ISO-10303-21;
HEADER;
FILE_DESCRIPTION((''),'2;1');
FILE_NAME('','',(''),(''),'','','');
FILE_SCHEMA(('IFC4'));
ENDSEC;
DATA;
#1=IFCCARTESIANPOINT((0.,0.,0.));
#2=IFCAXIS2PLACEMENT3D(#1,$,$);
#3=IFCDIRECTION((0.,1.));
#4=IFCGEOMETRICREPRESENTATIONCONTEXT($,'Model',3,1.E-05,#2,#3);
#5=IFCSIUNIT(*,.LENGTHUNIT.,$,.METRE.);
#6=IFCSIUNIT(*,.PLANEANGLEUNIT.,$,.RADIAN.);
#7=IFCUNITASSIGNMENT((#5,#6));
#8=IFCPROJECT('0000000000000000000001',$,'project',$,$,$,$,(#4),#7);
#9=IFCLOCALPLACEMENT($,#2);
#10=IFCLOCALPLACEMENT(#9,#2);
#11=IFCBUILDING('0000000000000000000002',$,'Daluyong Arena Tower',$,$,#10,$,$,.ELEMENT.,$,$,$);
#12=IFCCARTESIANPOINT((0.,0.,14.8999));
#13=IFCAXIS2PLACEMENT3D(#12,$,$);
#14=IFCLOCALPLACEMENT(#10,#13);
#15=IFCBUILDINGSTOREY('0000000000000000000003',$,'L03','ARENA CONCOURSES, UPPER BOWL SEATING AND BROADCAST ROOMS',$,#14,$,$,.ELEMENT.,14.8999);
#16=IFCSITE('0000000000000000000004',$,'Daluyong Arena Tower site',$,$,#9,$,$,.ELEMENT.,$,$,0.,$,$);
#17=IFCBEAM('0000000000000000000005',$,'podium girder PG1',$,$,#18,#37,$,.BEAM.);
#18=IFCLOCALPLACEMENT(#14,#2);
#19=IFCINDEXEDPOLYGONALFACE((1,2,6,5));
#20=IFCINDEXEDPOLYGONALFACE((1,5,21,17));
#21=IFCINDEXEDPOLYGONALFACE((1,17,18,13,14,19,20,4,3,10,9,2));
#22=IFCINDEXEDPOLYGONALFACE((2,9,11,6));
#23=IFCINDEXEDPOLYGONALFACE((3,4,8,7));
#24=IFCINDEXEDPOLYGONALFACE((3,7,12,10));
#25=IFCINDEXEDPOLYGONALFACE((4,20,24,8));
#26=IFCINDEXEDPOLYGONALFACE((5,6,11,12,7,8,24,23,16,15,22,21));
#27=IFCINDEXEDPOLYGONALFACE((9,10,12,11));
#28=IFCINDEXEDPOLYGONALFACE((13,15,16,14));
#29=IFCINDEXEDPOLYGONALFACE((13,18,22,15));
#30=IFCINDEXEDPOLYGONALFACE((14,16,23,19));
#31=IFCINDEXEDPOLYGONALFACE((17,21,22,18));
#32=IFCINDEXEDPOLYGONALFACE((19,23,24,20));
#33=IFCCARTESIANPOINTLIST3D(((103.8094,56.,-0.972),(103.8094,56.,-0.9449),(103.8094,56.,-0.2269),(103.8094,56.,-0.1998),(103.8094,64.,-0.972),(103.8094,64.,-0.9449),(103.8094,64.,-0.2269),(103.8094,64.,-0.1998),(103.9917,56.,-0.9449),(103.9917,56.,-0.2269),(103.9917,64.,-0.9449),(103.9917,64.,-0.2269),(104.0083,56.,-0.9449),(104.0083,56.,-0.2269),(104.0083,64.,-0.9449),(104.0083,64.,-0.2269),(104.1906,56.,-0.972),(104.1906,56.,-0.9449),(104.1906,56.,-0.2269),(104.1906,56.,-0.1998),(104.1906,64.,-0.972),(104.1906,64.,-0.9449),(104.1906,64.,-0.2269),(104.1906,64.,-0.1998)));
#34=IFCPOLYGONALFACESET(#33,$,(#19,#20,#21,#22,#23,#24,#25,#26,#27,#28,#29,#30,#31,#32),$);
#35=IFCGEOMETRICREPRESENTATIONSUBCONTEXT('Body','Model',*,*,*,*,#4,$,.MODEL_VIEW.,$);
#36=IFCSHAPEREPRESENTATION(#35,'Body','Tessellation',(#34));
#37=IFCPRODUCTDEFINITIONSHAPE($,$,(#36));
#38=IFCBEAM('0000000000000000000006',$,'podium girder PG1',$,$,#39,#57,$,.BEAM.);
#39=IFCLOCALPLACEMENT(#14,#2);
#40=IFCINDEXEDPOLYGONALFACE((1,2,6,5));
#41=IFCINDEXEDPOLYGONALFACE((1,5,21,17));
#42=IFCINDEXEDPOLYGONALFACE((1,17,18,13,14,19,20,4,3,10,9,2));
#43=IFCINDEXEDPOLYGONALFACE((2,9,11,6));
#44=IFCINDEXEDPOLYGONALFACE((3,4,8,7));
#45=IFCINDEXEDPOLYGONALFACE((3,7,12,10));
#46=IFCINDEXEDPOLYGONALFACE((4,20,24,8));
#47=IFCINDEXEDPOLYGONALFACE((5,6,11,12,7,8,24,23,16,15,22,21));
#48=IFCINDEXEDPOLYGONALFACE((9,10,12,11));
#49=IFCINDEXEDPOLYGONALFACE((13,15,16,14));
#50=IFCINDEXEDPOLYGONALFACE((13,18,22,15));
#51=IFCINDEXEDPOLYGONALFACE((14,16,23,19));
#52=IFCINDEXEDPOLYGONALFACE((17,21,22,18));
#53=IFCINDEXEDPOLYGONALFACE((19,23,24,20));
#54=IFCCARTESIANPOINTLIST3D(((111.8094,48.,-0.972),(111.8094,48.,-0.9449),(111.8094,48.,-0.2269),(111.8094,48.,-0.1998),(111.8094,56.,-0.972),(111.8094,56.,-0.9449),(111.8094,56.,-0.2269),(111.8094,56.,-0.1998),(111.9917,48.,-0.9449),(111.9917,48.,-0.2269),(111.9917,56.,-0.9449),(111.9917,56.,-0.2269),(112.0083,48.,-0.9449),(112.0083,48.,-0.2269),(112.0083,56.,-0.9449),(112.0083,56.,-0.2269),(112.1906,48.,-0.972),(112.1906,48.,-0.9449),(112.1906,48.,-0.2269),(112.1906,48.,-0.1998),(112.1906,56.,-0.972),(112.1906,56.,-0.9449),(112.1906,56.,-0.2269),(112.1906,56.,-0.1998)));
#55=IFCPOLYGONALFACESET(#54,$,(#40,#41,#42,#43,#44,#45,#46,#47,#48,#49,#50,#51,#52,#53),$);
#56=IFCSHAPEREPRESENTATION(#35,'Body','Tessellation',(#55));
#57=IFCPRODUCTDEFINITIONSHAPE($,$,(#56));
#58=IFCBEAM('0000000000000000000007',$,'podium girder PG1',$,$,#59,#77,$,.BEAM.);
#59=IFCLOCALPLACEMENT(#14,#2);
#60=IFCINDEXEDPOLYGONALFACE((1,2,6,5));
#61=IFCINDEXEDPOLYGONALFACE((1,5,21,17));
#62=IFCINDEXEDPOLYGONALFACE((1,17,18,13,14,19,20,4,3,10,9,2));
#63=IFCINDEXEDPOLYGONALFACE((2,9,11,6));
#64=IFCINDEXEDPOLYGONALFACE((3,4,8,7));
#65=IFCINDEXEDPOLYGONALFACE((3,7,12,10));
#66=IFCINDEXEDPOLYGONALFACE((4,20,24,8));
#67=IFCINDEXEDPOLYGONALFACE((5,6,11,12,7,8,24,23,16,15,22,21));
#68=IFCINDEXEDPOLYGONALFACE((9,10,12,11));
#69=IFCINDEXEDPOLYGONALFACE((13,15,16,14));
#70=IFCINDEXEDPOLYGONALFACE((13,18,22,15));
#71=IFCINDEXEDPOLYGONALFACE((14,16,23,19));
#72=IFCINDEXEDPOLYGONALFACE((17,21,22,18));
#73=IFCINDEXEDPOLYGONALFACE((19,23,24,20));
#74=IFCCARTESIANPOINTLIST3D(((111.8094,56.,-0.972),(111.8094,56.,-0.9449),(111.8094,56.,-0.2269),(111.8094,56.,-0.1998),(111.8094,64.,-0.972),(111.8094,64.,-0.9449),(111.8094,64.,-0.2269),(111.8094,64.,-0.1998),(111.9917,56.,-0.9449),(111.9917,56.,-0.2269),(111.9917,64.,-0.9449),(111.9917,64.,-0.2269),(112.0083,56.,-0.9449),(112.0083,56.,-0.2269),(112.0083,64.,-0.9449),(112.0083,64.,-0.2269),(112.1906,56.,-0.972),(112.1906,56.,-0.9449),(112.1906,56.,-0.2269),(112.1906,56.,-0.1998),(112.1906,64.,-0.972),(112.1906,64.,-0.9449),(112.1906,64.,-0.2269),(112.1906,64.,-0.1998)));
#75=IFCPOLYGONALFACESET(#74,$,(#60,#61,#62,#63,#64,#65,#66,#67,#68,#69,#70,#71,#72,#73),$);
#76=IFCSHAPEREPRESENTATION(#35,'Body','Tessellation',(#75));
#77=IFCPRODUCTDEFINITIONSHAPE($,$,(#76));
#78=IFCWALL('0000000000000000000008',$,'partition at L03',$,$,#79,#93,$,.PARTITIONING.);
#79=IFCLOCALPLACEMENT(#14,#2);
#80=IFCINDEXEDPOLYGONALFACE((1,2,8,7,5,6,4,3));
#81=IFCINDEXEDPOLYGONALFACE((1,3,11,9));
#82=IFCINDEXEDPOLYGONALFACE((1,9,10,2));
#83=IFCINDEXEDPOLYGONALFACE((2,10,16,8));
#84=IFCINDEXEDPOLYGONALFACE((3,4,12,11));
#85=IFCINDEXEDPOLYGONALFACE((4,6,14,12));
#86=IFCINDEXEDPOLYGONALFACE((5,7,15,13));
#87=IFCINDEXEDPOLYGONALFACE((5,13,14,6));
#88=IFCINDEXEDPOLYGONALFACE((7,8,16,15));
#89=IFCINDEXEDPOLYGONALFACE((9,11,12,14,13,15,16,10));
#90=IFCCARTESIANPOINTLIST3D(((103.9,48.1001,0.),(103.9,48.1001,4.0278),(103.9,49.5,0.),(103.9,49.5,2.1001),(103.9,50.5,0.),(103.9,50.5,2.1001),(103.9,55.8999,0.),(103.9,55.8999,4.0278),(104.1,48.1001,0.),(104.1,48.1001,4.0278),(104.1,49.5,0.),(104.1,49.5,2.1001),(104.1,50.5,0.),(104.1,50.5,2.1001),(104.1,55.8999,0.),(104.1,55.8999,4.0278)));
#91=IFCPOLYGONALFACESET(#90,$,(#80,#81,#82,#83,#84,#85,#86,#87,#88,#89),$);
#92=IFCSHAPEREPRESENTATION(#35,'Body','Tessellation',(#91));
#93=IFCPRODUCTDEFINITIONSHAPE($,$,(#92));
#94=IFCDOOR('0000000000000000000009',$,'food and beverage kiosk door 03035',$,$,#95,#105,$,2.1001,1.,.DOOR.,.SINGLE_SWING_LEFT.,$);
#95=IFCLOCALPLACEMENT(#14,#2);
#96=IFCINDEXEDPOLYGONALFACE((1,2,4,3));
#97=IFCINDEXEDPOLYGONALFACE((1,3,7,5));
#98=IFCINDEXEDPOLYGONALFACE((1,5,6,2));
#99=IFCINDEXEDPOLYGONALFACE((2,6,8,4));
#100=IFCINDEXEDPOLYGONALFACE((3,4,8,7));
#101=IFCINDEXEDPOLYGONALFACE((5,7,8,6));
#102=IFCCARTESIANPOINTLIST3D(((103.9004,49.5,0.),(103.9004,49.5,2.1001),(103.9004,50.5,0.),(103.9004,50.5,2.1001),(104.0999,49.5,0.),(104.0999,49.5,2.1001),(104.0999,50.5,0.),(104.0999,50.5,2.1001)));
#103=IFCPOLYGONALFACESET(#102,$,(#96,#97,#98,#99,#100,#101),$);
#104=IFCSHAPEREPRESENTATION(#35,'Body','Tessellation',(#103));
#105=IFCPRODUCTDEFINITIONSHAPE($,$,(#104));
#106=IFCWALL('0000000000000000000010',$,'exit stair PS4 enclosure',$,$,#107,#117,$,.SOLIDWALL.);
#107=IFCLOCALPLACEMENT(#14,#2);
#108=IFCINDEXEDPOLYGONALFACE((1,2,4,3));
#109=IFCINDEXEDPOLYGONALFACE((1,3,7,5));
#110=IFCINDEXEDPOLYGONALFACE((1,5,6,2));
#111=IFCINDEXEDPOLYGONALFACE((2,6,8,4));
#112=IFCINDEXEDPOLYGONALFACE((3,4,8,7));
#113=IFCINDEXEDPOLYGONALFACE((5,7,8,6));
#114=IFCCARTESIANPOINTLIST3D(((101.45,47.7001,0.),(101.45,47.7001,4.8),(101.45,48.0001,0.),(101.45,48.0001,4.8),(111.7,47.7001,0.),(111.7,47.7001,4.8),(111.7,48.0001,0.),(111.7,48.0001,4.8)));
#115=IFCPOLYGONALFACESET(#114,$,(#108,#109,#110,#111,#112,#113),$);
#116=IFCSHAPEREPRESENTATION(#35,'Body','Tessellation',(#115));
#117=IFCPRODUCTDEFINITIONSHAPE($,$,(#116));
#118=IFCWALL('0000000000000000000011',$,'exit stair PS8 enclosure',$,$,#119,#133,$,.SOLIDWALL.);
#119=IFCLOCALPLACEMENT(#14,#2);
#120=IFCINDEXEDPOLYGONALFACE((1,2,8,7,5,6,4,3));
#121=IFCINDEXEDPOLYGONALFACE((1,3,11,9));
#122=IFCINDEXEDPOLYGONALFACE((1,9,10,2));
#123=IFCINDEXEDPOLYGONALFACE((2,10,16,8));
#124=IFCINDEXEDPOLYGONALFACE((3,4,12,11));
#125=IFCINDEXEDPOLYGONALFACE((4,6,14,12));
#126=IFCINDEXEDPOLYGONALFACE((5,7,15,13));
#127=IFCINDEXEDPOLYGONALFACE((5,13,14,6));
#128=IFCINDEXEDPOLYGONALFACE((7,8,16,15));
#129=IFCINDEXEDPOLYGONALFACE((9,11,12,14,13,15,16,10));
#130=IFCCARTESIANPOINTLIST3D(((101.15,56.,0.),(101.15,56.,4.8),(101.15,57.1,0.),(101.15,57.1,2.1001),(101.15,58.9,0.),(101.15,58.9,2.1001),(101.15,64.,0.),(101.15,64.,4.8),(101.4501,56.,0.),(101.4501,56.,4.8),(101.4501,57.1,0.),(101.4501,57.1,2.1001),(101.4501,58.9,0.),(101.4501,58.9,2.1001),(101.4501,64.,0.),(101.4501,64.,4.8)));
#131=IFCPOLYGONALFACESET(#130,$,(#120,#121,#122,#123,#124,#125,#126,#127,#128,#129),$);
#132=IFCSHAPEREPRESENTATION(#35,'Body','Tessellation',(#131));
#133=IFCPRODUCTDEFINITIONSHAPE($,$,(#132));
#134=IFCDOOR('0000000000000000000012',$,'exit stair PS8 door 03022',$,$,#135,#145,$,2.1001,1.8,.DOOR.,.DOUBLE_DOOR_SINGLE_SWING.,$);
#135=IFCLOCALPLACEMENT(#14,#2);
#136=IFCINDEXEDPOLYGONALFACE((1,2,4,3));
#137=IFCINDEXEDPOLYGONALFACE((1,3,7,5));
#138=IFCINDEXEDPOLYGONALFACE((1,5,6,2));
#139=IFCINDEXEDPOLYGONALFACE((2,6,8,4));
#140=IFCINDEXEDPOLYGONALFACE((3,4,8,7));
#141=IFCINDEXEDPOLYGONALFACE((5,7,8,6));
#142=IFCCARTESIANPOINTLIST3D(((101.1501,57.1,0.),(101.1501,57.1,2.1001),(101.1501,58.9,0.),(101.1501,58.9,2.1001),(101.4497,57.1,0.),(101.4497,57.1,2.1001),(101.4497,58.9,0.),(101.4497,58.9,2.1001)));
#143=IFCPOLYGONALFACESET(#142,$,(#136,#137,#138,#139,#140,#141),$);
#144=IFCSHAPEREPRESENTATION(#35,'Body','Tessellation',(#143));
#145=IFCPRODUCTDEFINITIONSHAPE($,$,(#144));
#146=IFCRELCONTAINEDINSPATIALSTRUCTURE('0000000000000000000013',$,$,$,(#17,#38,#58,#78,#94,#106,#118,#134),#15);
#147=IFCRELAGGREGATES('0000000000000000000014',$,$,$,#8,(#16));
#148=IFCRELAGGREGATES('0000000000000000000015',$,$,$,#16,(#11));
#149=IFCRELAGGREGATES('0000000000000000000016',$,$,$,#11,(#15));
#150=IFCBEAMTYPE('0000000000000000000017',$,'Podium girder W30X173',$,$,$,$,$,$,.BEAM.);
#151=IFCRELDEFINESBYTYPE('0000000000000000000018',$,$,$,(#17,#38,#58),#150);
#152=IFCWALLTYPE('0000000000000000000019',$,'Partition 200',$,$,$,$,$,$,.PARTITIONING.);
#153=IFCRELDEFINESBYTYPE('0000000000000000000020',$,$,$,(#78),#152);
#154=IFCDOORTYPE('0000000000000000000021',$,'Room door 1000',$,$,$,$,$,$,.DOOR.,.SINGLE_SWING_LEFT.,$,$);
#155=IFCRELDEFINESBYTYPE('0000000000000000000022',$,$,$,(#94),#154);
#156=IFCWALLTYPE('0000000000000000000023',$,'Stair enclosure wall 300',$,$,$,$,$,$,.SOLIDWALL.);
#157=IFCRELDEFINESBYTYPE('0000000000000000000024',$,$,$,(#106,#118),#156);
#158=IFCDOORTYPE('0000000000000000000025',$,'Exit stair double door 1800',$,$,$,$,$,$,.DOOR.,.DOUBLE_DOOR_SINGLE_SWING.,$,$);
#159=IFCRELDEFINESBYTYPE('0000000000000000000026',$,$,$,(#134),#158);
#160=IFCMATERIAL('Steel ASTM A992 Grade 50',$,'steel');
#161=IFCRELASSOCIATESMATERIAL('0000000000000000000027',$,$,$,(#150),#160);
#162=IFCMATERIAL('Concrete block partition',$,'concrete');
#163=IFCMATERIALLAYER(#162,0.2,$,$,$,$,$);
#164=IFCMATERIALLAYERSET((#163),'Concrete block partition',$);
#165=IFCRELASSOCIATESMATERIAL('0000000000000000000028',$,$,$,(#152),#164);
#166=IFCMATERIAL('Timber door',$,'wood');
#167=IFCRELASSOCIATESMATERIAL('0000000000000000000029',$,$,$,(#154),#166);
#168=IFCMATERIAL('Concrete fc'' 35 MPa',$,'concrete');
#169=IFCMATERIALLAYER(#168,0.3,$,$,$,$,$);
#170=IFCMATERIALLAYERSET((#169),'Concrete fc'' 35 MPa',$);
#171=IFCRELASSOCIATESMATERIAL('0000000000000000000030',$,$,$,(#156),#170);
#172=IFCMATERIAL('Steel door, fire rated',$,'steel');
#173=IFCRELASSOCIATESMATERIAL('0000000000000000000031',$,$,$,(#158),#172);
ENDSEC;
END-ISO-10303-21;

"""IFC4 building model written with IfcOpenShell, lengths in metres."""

from ifc_helpers import new_model, si_unit, direction, frame, frame_2d, origin, origin_2d, place, context, subcontext, project, spatial, rectangle, i_section, extrude, material, layer, layer_set, material_profile, profile_set, type_object, element, fill, save


model = new_model("IFC4")

# Units and contexts
model_context = context("Model", 3, precision=1e-05, world=origin(), true_north=direction((0.0, 1.0)))
body_context = subcontext(model_context, "Body", "Model", "MODEL_VIEW")
ifc_project = project(units=[si_unit("LENGTHUNIT", "METRE"), si_unit("PLANEANGLEUNIT", "RADIAN")], contexts=[model_context])

# Site, building, storey
site_placement = place(None, origin())
site = spatial("IfcSite", under=ifc_project, at=site_placement, Name="Daluyong Arena Tower site", CompositionType="ELEMENT", RefElevation=0.0)
building_placement = place(site_placement, origin())
building = spatial("IfcBuilding", under=site, at=building_placement, Name="Daluyong Arena Tower", CompositionType="ELEMENT")
storey_placement = place(building_placement, frame((0.0, 0.0, 14.8999)))
storey = spatial("IfcBuildingStorey", under=building, at=storey_placement, Name="L03", Description="ARENA CONCOURSES, UPPER BOWL SEATING AND BROADCAST ROOMS", CompositionType="ELEMENT", Elevation=14.8999)

# Beams
ifc_material_1 = material(Name="Steel ASTM A992 Grade 50", Category="steel")
ifc_material_profile_1 = material_profile(ifc_material_1, i_section(OverallWidth=0.3811, OverallDepth=0.7722, WebThickness=0.0166, FlangeThickness=0.0271, at=origin_2d()))
ifc_profile_set_1 = profile_set([ifc_material_profile_1], Name="Steel ASTM A992 Grade 50")
beam_type_1 = type_object("IfcBeamType", Name="Podium girder W30X173", PredefinedType="BEAM", material=ifc_profile_set_1)
for number, where, z_axis, x_axis, name in (
    (1, (104.0, 56.0, -0.5859), (0.0, 1.0, 0.0), (-1.0, 0.0, 0.0), "podium girder PG1"),
    (2, (112.0, 48.0, -0.5859), (0.0, 1.0, 0.0), (-1.0, 0.0, 0.0), "podium girder PG1"),
    (3, (112.0, 56.0, -0.5859), (0.0, 1.0, 0.0), (-1.0, 0.0, 0.0), "podium girder PG1"),
):
    element("IfcBeam", number, at=place(storey_placement, frame(where, z_axis=z_axis, x_axis=x_axis)), inside=storey, type_object=beam_type_1, Name=name, PredefinedType="BEAM", context=body_context, shape_type="SweptSolid", body=[
        extrude(i_section(OverallWidth=0.3811, OverallDepth=0.7722, WebThickness=0.0166, FlangeThickness=0.0271, at=origin_2d()), origin(), (0.0, 0.0, 1.0), 8.0),
    ])

# Wall, opening, door
ifc_material_2 = material(Name="Concrete block partition", Category="concrete")
ifc_layer_1 = layer(ifc_material_2, 0.2)
ifc_layer_set_1 = layer_set([ifc_layer_1], Name="Concrete block partition")
wall_type_1 = type_object("IfcWallType", Name="Partition 200", PredefinedType="PARTITIONING", material=ifc_layer_set_1)
wall_1_placement = place(storey_placement, frame((104.0, 48.1001, 0.0), z_axis=(0.0, 0.0, 1.0), x_axis=(0.0, 1.0, 0.0)))
wall_1 = element("IfcWall", 4, at=wall_1_placement, inside=storey, type_object=wall_type_1, Name="partition at L03", PredefinedType="PARTITIONING", context=body_context, shape_type="SweptSolid", body=[
    extrude(rectangle(XDim=7.7998, YDim=0.2, at=frame_2d((3.8999, 0.0))), origin(), (0.0, 0.0, 1.0), 4.0278),
])
opening_1_placement = place(wall_1_placement, frame((1.3999, 0.0, 0.0)))
opening_1 = element("IfcOpeningElement", 5, at=opening_1_placement, cuts=wall_1, PredefinedType="OPENING", context=body_context, shape_type="SweptSolid", body=[
    extrude(rectangle(XDim=1.0, YDim=2.1001, at=frame_2d((0.5, 1.05))), frame((0.0, 0.1099, 0.0), z_axis=(0.0, -1.0, 0.0), x_axis=(1.0, 0.0, 0.0)), (0.0, 0.0, 1.0), 0.22),
])
ifc_material_3 = material(Name="Timber door", Category="wood")
door_type_1 = type_object("IfcDoorType", Name="Room door 1000", OperationType="SINGLE_SWING_LEFT", PredefinedType="DOOR", material=ifc_material_3)
door_1_placement = place(opening_1_placement, origin())
door_1 = element("IfcDoor", 6, at=door_1_placement, inside=storey, type_object=door_type_1, Name="food and beverage kiosk door 03035", OperationType="SINGLE_SWING_LEFT", OverallHeight=2.1001, OverallWidth=1.0, PredefinedType="DOOR", context=body_context, shape_type="SweptSolid", body=[
    extrude(rectangle(XDim=1.0, YDim=2.1001, at=frame_2d((0.5, 1.05))), frame((0.0, 0.0996, 0.0), z_axis=(0.0, -1.0, 0.0), x_axis=(1.0, 0.0, 0.0)), (0.0, 0.0, 1.0), 0.1995),
])
fill(opening_1, door_1)

# Wall
ifc_material_4 = material(Name="Concrete fc' 35 MPa", Category="concrete")
ifc_layer_2 = layer(ifc_material_4, 0.3)
ifc_layer_set_2 = layer_set([ifc_layer_2], Name="Concrete fc' 35 MPa")
wall_type_2 = type_object("IfcWallType", Name="Stair enclosure wall 300", PredefinedType="SOLIDWALL", material=ifc_layer_set_2)
wall_2_placement = place(storey_placement, frame((101.45, 47.8501, 0.0), z_axis=(0.0, 0.0, 1.0), x_axis=(1.0, 0.0, 0.0)))
element("IfcWall", 7, at=wall_2_placement, inside=storey, type_object=wall_type_2, Name="exit stair PS4 enclosure", PredefinedType="SOLIDWALL", context=body_context, shape_type="SweptSolid", body=[
    extrude(rectangle(XDim=10.25, YDim=0.3, at=frame_2d((5.125, 0.0))), origin(), (0.0, 0.0, 1.0), 4.8),
])

# Wall, opening, door
wall_3_placement = place(storey_placement, frame((101.3, 56.0, 0.0), z_axis=(0.0, 0.0, 1.0), x_axis=(0.0, 1.0, 0.0)))
wall_3 = element("IfcWall", 8, at=wall_3_placement, inside=storey, type_object=wall_type_2, Name="exit stair PS8 enclosure", PredefinedType="SOLIDWALL", context=body_context, shape_type="SweptSolid", body=[
    extrude(rectangle(XDim=8.0, YDim=0.3, at=frame_2d((4.0, 0.0))), origin(), (0.0, 0.0, 1.0), 4.8),
])
opening_2_placement = place(wall_3_placement, frame((1.1001, 0.0, 0.0)))
opening_2 = element("IfcOpeningElement", 9, at=opening_2_placement, cuts=wall_3, PredefinedType="OPENING", context=body_context, shape_type="SweptSolid", body=[
    extrude(rectangle(XDim=1.8, YDim=2.1001, at=frame_2d((0.8999, 1.05))), frame((0.0, 0.1599, 0.0), z_axis=(0.0, -1.0, 0.0), x_axis=(1.0, 0.0, 0.0)), (0.0, 0.0, 1.0), 0.3201),
])
ifc_material_5 = material(Name="Steel door, fire rated", Category="steel")
door_type_2 = type_object("IfcDoorType", Name="Exit stair double door 1800", OperationType="DOUBLE_DOOR_SINGLE_SWING", PredefinedType="DOOR", material=ifc_material_5)
door_2_placement = place(opening_2_placement, origin())
door_2 = element("IfcDoor", 10, at=door_2_placement, inside=storey, type_object=door_type_2, Name="exit stair PS8 door 03022", OperationType="DOUBLE_DOOR_SINGLE_SWING", OverallHeight=2.1001, OverallWidth=1.8, PredefinedType="DOOR", context=body_context, shape_type="SweptSolid", body=[
    extrude(rectangle(XDim=1.8, YDim=2.1001, at=frame_2d((0.8999, 1.05))), frame((0.0, 0.1499, 0.0), z_axis=(0.0, -1.0, 0.0), x_axis=(1.0, 0.0, 0.0)), (0.0, 0.0, 1.0), 0.2996),
])
fill(opening_2, door_2)

save(model, "model.ifc")
